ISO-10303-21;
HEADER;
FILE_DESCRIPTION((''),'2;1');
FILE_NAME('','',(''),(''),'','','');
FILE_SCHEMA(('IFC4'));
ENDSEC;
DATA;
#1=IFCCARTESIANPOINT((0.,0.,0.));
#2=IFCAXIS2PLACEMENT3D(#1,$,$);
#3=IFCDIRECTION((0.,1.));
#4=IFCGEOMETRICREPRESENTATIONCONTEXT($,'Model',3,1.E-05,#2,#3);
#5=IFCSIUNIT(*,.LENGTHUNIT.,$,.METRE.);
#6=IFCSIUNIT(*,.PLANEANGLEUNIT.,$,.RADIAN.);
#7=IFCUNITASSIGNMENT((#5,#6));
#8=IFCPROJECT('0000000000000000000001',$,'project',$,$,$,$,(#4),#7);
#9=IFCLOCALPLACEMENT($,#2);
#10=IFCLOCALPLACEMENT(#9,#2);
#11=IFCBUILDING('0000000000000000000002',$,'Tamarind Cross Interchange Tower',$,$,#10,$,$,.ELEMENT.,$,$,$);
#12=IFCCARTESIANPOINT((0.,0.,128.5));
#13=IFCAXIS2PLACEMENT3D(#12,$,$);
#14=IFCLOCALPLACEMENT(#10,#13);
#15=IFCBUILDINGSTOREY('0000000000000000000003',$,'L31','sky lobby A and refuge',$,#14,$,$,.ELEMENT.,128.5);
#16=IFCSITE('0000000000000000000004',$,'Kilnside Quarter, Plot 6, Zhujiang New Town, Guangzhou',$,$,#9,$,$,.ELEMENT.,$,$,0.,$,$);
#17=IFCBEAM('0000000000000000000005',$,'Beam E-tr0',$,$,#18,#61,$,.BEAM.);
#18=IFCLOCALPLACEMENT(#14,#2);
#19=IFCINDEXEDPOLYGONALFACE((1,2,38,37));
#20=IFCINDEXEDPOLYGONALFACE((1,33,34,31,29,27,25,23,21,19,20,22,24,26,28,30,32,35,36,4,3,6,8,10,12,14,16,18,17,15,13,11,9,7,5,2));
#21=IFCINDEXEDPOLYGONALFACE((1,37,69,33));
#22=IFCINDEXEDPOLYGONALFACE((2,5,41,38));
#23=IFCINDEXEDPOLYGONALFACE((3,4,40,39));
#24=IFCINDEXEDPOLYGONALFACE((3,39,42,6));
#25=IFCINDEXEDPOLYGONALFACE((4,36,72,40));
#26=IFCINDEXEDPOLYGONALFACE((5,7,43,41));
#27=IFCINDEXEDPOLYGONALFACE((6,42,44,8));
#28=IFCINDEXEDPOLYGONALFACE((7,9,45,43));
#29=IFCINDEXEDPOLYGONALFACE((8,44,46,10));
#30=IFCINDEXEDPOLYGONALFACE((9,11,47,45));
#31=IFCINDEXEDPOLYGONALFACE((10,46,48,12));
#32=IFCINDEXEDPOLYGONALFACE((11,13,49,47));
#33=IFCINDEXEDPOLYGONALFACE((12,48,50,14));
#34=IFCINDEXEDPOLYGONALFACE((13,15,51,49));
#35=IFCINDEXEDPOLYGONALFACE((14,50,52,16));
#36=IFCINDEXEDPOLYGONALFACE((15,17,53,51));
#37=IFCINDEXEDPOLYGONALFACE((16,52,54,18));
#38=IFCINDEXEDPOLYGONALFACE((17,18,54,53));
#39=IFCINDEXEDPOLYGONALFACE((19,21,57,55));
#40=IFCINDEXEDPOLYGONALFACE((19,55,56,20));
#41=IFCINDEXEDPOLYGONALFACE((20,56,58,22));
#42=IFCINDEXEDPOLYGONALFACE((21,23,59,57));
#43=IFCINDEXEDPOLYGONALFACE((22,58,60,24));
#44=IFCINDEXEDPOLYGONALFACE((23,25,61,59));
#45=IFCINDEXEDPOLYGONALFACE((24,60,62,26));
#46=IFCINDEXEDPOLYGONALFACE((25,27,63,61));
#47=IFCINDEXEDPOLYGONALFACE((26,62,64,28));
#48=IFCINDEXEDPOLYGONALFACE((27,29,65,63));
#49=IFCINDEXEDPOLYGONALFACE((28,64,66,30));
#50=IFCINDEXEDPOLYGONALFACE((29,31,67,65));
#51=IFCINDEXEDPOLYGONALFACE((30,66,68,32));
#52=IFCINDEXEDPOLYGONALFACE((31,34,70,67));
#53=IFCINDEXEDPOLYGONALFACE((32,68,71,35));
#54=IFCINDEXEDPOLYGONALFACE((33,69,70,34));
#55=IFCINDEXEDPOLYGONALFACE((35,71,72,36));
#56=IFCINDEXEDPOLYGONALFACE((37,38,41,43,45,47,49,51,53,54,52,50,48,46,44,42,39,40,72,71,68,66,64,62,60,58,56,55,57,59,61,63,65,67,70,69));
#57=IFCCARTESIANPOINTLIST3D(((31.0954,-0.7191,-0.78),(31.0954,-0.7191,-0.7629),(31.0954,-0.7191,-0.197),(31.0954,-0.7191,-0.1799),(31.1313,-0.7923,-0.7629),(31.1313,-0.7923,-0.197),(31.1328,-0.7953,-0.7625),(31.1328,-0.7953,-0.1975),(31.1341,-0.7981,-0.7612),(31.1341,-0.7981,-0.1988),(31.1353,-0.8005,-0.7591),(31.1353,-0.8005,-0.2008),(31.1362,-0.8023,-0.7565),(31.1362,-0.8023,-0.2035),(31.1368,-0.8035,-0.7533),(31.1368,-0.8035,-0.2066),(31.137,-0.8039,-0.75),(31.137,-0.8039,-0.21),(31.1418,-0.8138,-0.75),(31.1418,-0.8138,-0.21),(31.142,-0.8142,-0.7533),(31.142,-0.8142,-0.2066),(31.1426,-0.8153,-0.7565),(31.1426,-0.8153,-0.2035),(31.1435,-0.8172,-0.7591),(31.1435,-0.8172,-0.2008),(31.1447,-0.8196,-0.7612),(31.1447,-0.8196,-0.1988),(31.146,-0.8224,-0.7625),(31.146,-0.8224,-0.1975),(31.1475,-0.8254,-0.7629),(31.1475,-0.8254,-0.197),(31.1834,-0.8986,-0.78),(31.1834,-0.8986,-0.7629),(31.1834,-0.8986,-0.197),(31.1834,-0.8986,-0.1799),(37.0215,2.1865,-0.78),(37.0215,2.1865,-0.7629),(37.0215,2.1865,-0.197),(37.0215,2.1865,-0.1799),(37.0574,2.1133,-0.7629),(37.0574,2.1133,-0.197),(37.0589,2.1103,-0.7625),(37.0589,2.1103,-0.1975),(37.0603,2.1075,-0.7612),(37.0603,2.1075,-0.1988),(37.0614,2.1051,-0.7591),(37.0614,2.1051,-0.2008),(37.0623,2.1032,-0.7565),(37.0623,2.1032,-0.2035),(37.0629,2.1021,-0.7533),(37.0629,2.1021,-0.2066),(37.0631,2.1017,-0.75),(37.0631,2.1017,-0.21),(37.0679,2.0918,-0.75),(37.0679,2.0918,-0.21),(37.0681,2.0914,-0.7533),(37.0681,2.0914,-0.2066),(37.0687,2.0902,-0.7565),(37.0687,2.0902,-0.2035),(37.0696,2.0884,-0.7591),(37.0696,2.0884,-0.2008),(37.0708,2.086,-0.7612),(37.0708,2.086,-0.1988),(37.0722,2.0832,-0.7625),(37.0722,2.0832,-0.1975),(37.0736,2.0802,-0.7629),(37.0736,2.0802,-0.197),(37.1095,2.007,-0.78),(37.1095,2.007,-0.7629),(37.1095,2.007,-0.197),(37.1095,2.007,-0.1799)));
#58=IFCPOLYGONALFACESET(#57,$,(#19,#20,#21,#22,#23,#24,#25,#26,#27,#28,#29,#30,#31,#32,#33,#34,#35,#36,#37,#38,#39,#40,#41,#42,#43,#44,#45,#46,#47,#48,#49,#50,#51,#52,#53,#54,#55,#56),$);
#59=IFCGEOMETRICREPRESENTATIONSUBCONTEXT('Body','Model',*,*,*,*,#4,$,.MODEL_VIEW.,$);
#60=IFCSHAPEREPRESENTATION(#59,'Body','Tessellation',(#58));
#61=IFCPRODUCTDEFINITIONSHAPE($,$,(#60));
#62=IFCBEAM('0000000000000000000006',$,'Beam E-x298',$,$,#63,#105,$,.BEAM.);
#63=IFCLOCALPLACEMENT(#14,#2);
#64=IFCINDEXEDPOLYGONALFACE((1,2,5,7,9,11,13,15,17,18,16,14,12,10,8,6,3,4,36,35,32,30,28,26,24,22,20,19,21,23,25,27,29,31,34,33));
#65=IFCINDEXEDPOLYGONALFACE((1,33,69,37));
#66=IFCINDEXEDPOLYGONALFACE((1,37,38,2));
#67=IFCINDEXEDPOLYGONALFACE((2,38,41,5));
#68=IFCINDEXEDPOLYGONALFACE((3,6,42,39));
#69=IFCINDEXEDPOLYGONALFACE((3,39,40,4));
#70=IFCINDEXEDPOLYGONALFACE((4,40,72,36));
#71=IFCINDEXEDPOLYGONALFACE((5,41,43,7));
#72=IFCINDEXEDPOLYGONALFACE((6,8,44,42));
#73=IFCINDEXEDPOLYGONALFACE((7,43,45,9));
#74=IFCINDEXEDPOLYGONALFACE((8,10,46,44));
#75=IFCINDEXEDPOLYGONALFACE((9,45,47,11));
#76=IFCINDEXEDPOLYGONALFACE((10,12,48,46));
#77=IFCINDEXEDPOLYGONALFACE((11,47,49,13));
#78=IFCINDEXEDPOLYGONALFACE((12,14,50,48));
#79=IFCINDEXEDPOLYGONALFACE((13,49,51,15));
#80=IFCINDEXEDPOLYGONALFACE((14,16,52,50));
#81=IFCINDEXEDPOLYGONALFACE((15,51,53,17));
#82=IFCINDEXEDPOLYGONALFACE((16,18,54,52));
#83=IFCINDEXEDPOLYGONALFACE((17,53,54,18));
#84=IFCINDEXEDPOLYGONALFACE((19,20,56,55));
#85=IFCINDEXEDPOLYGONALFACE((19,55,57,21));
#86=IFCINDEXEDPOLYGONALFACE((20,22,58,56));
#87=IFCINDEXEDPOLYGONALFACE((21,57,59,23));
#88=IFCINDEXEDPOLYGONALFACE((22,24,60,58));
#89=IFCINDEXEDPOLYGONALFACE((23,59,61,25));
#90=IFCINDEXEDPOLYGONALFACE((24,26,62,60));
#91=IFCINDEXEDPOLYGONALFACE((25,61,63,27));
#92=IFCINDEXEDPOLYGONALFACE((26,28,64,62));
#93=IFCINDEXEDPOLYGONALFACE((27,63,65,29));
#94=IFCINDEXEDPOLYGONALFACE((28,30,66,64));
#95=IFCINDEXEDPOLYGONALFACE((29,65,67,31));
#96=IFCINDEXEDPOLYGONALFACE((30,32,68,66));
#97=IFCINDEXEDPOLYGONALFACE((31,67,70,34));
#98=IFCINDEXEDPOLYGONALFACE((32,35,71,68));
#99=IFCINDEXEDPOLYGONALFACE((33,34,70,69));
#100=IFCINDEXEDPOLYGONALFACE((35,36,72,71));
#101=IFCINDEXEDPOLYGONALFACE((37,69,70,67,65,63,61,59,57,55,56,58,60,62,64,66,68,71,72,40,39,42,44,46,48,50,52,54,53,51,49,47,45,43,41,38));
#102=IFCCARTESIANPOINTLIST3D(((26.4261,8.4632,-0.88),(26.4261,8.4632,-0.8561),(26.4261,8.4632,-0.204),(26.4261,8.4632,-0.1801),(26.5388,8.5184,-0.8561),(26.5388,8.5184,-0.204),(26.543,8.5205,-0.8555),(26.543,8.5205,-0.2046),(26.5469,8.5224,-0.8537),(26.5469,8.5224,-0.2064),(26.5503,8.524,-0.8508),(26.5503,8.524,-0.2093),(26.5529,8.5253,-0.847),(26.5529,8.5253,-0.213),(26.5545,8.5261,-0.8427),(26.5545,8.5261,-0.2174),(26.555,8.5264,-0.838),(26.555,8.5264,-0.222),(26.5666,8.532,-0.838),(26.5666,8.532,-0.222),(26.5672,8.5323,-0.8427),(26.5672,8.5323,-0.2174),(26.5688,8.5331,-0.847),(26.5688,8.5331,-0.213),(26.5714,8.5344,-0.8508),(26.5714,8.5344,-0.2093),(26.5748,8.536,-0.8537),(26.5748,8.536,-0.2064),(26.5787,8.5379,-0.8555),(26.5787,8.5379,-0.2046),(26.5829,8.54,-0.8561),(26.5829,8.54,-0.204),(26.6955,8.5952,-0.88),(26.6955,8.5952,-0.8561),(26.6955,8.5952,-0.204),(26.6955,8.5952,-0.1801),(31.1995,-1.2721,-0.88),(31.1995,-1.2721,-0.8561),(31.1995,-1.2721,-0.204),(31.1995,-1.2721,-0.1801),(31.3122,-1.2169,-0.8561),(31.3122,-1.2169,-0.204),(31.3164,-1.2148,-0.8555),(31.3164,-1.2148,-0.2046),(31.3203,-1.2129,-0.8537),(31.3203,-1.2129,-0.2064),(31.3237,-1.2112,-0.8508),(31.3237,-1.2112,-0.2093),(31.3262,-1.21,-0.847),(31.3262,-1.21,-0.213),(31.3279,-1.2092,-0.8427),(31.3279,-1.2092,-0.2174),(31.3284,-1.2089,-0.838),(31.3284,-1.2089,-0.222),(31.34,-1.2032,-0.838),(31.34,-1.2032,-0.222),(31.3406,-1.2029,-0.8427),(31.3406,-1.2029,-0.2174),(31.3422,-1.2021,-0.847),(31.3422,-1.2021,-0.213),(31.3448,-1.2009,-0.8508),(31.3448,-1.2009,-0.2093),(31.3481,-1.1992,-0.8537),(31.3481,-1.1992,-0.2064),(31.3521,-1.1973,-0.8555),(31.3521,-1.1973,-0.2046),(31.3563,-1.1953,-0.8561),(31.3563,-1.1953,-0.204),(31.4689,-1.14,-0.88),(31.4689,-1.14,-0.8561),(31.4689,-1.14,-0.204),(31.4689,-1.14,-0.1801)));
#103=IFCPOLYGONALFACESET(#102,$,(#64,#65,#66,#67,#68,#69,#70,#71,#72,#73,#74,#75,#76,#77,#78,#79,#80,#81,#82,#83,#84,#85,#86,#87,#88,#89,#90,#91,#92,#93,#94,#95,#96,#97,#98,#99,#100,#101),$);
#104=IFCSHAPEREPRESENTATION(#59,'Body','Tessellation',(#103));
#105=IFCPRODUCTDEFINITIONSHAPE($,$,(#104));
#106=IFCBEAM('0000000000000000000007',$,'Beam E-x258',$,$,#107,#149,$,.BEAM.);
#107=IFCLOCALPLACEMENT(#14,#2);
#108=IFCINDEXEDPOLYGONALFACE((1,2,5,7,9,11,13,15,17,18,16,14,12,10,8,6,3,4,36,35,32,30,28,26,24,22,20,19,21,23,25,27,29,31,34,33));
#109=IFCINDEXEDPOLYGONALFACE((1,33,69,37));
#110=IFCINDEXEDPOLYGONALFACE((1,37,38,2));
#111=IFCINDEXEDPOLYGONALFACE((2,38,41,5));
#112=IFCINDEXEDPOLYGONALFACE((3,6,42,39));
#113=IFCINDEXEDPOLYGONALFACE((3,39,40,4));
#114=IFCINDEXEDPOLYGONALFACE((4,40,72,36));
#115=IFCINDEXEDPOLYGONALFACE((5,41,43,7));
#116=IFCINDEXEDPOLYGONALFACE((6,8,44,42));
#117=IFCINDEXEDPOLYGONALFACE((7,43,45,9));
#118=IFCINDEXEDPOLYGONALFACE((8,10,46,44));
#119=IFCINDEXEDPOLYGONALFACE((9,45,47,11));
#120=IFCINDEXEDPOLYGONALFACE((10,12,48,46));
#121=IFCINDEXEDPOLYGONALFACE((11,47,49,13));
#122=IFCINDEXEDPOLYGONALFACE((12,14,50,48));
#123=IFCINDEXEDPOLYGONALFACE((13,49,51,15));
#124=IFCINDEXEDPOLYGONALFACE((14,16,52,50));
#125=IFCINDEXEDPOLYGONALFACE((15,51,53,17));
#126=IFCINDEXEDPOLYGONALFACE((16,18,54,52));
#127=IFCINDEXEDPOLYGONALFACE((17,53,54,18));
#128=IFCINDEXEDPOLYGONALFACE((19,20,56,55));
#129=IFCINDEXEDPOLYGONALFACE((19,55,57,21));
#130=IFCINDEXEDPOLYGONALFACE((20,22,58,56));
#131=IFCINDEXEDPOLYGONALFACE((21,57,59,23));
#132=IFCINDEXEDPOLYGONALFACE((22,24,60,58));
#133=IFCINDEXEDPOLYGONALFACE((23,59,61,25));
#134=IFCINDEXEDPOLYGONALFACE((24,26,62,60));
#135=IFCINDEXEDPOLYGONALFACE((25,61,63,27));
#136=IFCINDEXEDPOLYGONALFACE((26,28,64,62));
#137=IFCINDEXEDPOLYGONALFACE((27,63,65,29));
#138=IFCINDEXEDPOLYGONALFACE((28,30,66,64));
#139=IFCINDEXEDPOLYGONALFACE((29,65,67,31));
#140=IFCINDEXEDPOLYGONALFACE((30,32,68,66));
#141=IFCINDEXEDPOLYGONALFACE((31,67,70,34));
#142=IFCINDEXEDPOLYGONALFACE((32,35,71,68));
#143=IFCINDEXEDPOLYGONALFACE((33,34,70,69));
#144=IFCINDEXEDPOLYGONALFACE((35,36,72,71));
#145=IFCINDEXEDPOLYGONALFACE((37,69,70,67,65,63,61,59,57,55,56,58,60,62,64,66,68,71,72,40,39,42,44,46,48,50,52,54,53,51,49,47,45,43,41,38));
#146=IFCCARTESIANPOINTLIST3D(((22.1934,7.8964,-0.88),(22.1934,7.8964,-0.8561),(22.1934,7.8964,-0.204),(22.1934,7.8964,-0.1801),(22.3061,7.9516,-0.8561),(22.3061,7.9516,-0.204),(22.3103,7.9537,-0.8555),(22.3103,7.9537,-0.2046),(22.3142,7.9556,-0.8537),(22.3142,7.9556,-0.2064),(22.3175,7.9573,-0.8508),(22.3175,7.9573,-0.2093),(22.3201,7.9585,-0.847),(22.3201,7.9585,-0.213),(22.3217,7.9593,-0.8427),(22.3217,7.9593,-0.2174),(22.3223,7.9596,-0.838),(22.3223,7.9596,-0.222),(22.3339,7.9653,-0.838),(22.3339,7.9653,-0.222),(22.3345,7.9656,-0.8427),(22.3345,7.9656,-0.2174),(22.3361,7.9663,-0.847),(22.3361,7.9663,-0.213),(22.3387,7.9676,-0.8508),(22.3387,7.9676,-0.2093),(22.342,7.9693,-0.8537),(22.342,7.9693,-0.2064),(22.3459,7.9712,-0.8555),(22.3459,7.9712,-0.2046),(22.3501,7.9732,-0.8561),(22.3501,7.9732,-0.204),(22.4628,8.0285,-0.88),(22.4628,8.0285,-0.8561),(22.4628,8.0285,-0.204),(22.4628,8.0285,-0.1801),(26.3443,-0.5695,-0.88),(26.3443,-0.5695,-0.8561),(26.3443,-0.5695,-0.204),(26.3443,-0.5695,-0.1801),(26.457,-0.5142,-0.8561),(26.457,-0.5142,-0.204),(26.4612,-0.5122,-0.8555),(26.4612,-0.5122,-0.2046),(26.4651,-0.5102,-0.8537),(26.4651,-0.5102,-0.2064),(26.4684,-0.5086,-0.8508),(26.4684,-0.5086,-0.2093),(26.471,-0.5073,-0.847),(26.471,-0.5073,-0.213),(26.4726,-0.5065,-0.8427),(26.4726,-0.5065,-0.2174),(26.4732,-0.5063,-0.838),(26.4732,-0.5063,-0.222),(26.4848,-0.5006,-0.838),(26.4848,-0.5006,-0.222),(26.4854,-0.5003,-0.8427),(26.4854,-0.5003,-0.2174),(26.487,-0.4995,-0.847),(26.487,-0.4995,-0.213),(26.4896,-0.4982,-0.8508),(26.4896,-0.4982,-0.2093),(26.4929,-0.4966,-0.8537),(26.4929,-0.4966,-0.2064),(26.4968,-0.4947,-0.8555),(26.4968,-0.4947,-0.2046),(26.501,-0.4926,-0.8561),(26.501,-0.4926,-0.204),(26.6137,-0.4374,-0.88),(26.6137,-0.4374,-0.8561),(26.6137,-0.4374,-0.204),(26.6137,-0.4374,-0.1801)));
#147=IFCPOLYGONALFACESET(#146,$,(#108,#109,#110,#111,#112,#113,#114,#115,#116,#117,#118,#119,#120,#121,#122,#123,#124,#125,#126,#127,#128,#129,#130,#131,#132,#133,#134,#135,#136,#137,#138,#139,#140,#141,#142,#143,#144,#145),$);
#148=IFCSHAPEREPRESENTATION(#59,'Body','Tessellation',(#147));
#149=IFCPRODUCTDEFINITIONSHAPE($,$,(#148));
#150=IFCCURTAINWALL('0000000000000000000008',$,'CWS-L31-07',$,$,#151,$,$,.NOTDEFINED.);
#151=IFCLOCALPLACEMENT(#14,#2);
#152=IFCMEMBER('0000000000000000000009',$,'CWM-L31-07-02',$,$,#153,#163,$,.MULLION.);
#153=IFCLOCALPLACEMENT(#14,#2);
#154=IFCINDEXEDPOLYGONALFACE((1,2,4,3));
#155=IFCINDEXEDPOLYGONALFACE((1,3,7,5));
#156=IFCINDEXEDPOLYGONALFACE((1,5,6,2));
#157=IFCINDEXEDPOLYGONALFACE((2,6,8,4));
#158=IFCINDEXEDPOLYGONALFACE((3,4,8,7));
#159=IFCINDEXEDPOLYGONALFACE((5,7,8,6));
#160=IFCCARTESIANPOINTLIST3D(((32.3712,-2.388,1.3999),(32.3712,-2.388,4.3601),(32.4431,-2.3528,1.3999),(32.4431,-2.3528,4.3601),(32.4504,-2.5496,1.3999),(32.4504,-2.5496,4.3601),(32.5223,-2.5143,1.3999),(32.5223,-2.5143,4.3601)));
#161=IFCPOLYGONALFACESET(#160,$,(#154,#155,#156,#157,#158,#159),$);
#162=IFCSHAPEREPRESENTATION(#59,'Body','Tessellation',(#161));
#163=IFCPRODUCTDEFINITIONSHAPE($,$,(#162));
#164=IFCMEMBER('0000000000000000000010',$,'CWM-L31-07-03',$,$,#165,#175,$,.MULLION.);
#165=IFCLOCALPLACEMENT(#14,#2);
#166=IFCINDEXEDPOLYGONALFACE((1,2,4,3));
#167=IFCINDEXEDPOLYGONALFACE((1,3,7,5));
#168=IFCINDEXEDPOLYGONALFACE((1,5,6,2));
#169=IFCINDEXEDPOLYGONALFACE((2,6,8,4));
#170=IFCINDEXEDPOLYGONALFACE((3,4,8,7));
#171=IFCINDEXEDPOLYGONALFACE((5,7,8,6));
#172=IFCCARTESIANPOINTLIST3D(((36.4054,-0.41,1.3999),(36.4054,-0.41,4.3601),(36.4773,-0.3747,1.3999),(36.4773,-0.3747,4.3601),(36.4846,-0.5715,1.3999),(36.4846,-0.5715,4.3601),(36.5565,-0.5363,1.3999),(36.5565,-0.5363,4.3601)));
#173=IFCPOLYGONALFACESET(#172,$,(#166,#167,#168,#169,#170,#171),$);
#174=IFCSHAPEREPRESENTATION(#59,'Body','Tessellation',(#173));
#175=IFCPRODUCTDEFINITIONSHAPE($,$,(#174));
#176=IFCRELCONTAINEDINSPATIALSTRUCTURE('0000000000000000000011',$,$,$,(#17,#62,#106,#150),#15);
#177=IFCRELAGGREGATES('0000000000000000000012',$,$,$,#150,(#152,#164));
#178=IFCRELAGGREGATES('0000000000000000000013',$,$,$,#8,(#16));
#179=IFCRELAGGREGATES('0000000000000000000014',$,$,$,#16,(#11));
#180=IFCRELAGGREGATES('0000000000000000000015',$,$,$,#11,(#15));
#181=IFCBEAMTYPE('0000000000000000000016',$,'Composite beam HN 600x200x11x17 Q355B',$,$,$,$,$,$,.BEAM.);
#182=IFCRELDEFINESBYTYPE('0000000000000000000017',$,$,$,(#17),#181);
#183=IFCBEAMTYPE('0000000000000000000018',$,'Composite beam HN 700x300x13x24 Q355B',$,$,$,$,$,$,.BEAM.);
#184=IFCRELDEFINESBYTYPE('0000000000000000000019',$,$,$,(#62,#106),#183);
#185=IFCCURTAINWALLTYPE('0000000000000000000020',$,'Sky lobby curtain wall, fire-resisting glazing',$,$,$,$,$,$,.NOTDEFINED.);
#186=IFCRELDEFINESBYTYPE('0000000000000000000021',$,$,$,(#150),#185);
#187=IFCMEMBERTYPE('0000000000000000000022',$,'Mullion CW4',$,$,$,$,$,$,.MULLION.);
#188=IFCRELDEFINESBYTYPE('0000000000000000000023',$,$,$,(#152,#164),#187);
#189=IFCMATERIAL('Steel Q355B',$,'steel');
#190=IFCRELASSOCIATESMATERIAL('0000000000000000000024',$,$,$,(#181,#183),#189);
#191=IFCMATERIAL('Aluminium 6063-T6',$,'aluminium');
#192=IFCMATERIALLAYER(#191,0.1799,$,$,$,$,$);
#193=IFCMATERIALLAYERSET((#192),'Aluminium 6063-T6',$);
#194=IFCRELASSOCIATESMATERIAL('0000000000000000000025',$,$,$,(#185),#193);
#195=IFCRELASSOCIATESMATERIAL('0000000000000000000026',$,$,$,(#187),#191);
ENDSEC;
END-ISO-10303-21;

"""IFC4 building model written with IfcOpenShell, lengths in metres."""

from ifc_helpers import new_model, si_unit, direction, frame, origin, origin_2d, place, context, subcontext, project, spatial, rectangle, i_section, extrude, material, layer, layer_set, material_profile, profile_set, type_object, element, aggregate, save


model = new_model("IFC4")

# Units and contexts
model_context = context("Model", 3, precision=1e-05, world=origin(), true_north=direction((0.0, 1.0)))
body_context = subcontext(model_context, "Body", "Model", "MODEL_VIEW")
ifc_project = project(units=[si_unit("LENGTHUNIT", "METRE"), si_unit("PLANEANGLEUNIT", "RADIAN")], contexts=[model_context])

# Site, building, storey
site_placement = place(None, origin())
site = spatial("IfcSite", under=ifc_project, at=site_placement, Name="Kilnside Quarter, Plot 6, Zhujiang New Town, Guangzhou", CompositionType="ELEMENT", RefElevation=0.0)
building_placement = place(site_placement, origin())
building = spatial("IfcBuilding", under=site, at=building_placement, Name="Tamarind Cross Interchange Tower", CompositionType="ELEMENT")
storey_placement = place(building_placement, frame((0.0, 0.0, 128.5)))
storey = spatial("IfcBuildingStorey", under=building, at=storey_placement, Name="L31", Description="sky lobby A and refuge", CompositionType="ELEMENT", Elevation=128.5)

# Beams
ifc_material_1 = material(Name="Steel Q355B", Category="steel")
ifc_material_profile_1 = material_profile(ifc_material_1, i_section(OverallWidth=0.2, OverallDepth=0.6001, WebThickness=0.011, FlangeThickness=0.0171, FilletRadius=0.0129, at=origin_2d()), Name="HN 600x200x11x17")
ifc_profile_set_1 = profile_set([ifc_material_profile_1], Name="Steel Q355B")
beam_type_1 = type_object("IfcBeamType", Name="Composite beam HN 600x200x11x17 Q355B", PredefinedType="BEAM", material=ifc_profile_set_1)
beam_1_placement = place(storey_placement, frame((31.1394, -0.8088, -0.48), z_axis=(0.897885, 0.440231, 0.0), x_axis=(-0.440231, 0.897885, 0.0)))
element("IfcBeam", 1, at=beam_1_placement, inside=storey, type_object=beam_type_1, Name="Beam E-tr0", PredefinedType="BEAM", context=body_context, shape_type="SweptSolid", body=[
    extrude(i_section(OverallWidth=0.2, OverallDepth=0.6001, WebThickness=0.011, FlangeThickness=0.0171, FilletRadius=0.0129, at=origin_2d()), origin(), (0.0, 0.0, 1.0), 6.6001),
])
ifc_material_profile_2 = material_profile(ifc_material_1, i_section(OverallWidth=0.3, OverallDepth=0.7, WebThickness=0.0129, FlangeThickness=0.0239, FilletRadius=0.0181, at=origin_2d()), Name="HN 700x300x13x24")
ifc_profile_set_2 = profile_set([ifc_material_profile_2], Name="Steel Q355B")
beam_type_2 = type_object("IfcBeamType", Name="Composite beam HN 700x300x13x24 Q355B", PredefinedType="BEAM", material=ifc_profile_set_2)
beam_2_placement = place(storey_placement, frame((31.3342, -1.2061, -0.53), z_axis=(-0.440247, 0.897877, 0.0), x_axis=(-0.897877, -0.440247, 0.0)))
element("IfcBeam", 2, at=beam_2_placement, inside=storey, type_object=beam_type_2, Name="Beam E-x298", PredefinedType="BEAM", context=body_context, shape_type="SweptSolid", body=[
    extrude(i_section(OverallWidth=0.3, OverallDepth=0.7, WebThickness=0.0129, FlangeThickness=0.0239, FilletRadius=0.0181, at=origin_2d()), origin(), (0.0, 0.0, 1.0), 10.8425),
])
beam_3_placement = place(storey_placement, frame((26.479, -0.5034, -0.53), z_axis=(-0.44024, 0.89788, 0.0), x_axis=(-0.89788, -0.44024, 0.0)))
element("IfcBeam", 3, at=beam_3_placement, inside=storey, type_object=beam_type_2, Name="Beam E-x258", PredefinedType="BEAM", context=body_context, shape_type="SweptSolid", body=[
    extrude(i_section(OverallWidth=0.3, OverallDepth=0.7, WebThickness=0.0129, FlangeThickness=0.0239, FilletRadius=0.0181, at=origin_2d()), origin(), (0.0, 0.0, 1.0), 9.4287),
])

# Curtain wall, members
ifc_material_2 = material(Name="Aluminium 6063-T6", Category="aluminium")
ifc_layer_1 = layer(ifc_material_2, 0.1799)
ifc_layer_set_1 = layer_set([ifc_layer_1], Name="Aluminium 6063-T6")
curtain_wall_type = type_object("IfcCurtainWallType", Name="Sky lobby curtain wall, fire-resisting glazing", PredefinedType="NOTDEFINED", material=ifc_layer_set_1)
curtain_wall_placement = place(storey_placement, origin())
curtain_wall = element("IfcCurtainWall", 4, at=curtain_wall_placement, inside=storey, type_object=curtain_wall_type, Name="CWS-L31-07", PredefinedType="NOTDEFINED")
ifc_material_profile_3 = material_profile(ifc_material_2, rectangle(XDim=0.0801, YDim=0.1799, at=origin_2d()), Name="Mullion CW4")
ifc_profile_set_3 = profile_set([ifc_material_profile_3], Name="Aluminium 6063-T6")
member_type = type_object("IfcMemberType", Name="Mullion CW4", PredefinedType="MULLION", material=ifc_profile_set_3)
member_1_placement = place(storey_placement, frame((32.4468, -2.4512, 1.3999), z_axis=(0.0, 0.0, 1.0), x_axis=(0.897874, 0.440253, 0.0)))
member_1 = element("IfcMember", 5, at=member_1_placement, type_object=member_type, Name="CWM-L31-07-02", PredefinedType="MULLION", context=body_context, shape_type="SweptSolid", body=[
    extrude(rectangle(XDim=0.0801, YDim=0.1799, at=origin_2d()), origin(), (0.0, 0.0, 1.0), 2.9602),
])
member_2_placement = place(storey_placement, frame((36.481, -0.4731, 1.3999), z_axis=(0.0, 0.0, 1.0), x_axis=(0.897874, 0.440253, 0.0)))
member_2 = element("IfcMember", 6, at=member_2_placement, type_object=member_type, Name="CWM-L31-07-03", PredefinedType="MULLION", context=body_context, shape_type="SweptSolid", body=[
    extrude(rectangle(XDim=0.0801, YDim=0.1799, at=origin_2d()), origin(), (0.0, 0.0, 1.0), 2.9602),
])
aggregate(curtain_wall, [member_1, member_2])

save(model, "model.ifc")
